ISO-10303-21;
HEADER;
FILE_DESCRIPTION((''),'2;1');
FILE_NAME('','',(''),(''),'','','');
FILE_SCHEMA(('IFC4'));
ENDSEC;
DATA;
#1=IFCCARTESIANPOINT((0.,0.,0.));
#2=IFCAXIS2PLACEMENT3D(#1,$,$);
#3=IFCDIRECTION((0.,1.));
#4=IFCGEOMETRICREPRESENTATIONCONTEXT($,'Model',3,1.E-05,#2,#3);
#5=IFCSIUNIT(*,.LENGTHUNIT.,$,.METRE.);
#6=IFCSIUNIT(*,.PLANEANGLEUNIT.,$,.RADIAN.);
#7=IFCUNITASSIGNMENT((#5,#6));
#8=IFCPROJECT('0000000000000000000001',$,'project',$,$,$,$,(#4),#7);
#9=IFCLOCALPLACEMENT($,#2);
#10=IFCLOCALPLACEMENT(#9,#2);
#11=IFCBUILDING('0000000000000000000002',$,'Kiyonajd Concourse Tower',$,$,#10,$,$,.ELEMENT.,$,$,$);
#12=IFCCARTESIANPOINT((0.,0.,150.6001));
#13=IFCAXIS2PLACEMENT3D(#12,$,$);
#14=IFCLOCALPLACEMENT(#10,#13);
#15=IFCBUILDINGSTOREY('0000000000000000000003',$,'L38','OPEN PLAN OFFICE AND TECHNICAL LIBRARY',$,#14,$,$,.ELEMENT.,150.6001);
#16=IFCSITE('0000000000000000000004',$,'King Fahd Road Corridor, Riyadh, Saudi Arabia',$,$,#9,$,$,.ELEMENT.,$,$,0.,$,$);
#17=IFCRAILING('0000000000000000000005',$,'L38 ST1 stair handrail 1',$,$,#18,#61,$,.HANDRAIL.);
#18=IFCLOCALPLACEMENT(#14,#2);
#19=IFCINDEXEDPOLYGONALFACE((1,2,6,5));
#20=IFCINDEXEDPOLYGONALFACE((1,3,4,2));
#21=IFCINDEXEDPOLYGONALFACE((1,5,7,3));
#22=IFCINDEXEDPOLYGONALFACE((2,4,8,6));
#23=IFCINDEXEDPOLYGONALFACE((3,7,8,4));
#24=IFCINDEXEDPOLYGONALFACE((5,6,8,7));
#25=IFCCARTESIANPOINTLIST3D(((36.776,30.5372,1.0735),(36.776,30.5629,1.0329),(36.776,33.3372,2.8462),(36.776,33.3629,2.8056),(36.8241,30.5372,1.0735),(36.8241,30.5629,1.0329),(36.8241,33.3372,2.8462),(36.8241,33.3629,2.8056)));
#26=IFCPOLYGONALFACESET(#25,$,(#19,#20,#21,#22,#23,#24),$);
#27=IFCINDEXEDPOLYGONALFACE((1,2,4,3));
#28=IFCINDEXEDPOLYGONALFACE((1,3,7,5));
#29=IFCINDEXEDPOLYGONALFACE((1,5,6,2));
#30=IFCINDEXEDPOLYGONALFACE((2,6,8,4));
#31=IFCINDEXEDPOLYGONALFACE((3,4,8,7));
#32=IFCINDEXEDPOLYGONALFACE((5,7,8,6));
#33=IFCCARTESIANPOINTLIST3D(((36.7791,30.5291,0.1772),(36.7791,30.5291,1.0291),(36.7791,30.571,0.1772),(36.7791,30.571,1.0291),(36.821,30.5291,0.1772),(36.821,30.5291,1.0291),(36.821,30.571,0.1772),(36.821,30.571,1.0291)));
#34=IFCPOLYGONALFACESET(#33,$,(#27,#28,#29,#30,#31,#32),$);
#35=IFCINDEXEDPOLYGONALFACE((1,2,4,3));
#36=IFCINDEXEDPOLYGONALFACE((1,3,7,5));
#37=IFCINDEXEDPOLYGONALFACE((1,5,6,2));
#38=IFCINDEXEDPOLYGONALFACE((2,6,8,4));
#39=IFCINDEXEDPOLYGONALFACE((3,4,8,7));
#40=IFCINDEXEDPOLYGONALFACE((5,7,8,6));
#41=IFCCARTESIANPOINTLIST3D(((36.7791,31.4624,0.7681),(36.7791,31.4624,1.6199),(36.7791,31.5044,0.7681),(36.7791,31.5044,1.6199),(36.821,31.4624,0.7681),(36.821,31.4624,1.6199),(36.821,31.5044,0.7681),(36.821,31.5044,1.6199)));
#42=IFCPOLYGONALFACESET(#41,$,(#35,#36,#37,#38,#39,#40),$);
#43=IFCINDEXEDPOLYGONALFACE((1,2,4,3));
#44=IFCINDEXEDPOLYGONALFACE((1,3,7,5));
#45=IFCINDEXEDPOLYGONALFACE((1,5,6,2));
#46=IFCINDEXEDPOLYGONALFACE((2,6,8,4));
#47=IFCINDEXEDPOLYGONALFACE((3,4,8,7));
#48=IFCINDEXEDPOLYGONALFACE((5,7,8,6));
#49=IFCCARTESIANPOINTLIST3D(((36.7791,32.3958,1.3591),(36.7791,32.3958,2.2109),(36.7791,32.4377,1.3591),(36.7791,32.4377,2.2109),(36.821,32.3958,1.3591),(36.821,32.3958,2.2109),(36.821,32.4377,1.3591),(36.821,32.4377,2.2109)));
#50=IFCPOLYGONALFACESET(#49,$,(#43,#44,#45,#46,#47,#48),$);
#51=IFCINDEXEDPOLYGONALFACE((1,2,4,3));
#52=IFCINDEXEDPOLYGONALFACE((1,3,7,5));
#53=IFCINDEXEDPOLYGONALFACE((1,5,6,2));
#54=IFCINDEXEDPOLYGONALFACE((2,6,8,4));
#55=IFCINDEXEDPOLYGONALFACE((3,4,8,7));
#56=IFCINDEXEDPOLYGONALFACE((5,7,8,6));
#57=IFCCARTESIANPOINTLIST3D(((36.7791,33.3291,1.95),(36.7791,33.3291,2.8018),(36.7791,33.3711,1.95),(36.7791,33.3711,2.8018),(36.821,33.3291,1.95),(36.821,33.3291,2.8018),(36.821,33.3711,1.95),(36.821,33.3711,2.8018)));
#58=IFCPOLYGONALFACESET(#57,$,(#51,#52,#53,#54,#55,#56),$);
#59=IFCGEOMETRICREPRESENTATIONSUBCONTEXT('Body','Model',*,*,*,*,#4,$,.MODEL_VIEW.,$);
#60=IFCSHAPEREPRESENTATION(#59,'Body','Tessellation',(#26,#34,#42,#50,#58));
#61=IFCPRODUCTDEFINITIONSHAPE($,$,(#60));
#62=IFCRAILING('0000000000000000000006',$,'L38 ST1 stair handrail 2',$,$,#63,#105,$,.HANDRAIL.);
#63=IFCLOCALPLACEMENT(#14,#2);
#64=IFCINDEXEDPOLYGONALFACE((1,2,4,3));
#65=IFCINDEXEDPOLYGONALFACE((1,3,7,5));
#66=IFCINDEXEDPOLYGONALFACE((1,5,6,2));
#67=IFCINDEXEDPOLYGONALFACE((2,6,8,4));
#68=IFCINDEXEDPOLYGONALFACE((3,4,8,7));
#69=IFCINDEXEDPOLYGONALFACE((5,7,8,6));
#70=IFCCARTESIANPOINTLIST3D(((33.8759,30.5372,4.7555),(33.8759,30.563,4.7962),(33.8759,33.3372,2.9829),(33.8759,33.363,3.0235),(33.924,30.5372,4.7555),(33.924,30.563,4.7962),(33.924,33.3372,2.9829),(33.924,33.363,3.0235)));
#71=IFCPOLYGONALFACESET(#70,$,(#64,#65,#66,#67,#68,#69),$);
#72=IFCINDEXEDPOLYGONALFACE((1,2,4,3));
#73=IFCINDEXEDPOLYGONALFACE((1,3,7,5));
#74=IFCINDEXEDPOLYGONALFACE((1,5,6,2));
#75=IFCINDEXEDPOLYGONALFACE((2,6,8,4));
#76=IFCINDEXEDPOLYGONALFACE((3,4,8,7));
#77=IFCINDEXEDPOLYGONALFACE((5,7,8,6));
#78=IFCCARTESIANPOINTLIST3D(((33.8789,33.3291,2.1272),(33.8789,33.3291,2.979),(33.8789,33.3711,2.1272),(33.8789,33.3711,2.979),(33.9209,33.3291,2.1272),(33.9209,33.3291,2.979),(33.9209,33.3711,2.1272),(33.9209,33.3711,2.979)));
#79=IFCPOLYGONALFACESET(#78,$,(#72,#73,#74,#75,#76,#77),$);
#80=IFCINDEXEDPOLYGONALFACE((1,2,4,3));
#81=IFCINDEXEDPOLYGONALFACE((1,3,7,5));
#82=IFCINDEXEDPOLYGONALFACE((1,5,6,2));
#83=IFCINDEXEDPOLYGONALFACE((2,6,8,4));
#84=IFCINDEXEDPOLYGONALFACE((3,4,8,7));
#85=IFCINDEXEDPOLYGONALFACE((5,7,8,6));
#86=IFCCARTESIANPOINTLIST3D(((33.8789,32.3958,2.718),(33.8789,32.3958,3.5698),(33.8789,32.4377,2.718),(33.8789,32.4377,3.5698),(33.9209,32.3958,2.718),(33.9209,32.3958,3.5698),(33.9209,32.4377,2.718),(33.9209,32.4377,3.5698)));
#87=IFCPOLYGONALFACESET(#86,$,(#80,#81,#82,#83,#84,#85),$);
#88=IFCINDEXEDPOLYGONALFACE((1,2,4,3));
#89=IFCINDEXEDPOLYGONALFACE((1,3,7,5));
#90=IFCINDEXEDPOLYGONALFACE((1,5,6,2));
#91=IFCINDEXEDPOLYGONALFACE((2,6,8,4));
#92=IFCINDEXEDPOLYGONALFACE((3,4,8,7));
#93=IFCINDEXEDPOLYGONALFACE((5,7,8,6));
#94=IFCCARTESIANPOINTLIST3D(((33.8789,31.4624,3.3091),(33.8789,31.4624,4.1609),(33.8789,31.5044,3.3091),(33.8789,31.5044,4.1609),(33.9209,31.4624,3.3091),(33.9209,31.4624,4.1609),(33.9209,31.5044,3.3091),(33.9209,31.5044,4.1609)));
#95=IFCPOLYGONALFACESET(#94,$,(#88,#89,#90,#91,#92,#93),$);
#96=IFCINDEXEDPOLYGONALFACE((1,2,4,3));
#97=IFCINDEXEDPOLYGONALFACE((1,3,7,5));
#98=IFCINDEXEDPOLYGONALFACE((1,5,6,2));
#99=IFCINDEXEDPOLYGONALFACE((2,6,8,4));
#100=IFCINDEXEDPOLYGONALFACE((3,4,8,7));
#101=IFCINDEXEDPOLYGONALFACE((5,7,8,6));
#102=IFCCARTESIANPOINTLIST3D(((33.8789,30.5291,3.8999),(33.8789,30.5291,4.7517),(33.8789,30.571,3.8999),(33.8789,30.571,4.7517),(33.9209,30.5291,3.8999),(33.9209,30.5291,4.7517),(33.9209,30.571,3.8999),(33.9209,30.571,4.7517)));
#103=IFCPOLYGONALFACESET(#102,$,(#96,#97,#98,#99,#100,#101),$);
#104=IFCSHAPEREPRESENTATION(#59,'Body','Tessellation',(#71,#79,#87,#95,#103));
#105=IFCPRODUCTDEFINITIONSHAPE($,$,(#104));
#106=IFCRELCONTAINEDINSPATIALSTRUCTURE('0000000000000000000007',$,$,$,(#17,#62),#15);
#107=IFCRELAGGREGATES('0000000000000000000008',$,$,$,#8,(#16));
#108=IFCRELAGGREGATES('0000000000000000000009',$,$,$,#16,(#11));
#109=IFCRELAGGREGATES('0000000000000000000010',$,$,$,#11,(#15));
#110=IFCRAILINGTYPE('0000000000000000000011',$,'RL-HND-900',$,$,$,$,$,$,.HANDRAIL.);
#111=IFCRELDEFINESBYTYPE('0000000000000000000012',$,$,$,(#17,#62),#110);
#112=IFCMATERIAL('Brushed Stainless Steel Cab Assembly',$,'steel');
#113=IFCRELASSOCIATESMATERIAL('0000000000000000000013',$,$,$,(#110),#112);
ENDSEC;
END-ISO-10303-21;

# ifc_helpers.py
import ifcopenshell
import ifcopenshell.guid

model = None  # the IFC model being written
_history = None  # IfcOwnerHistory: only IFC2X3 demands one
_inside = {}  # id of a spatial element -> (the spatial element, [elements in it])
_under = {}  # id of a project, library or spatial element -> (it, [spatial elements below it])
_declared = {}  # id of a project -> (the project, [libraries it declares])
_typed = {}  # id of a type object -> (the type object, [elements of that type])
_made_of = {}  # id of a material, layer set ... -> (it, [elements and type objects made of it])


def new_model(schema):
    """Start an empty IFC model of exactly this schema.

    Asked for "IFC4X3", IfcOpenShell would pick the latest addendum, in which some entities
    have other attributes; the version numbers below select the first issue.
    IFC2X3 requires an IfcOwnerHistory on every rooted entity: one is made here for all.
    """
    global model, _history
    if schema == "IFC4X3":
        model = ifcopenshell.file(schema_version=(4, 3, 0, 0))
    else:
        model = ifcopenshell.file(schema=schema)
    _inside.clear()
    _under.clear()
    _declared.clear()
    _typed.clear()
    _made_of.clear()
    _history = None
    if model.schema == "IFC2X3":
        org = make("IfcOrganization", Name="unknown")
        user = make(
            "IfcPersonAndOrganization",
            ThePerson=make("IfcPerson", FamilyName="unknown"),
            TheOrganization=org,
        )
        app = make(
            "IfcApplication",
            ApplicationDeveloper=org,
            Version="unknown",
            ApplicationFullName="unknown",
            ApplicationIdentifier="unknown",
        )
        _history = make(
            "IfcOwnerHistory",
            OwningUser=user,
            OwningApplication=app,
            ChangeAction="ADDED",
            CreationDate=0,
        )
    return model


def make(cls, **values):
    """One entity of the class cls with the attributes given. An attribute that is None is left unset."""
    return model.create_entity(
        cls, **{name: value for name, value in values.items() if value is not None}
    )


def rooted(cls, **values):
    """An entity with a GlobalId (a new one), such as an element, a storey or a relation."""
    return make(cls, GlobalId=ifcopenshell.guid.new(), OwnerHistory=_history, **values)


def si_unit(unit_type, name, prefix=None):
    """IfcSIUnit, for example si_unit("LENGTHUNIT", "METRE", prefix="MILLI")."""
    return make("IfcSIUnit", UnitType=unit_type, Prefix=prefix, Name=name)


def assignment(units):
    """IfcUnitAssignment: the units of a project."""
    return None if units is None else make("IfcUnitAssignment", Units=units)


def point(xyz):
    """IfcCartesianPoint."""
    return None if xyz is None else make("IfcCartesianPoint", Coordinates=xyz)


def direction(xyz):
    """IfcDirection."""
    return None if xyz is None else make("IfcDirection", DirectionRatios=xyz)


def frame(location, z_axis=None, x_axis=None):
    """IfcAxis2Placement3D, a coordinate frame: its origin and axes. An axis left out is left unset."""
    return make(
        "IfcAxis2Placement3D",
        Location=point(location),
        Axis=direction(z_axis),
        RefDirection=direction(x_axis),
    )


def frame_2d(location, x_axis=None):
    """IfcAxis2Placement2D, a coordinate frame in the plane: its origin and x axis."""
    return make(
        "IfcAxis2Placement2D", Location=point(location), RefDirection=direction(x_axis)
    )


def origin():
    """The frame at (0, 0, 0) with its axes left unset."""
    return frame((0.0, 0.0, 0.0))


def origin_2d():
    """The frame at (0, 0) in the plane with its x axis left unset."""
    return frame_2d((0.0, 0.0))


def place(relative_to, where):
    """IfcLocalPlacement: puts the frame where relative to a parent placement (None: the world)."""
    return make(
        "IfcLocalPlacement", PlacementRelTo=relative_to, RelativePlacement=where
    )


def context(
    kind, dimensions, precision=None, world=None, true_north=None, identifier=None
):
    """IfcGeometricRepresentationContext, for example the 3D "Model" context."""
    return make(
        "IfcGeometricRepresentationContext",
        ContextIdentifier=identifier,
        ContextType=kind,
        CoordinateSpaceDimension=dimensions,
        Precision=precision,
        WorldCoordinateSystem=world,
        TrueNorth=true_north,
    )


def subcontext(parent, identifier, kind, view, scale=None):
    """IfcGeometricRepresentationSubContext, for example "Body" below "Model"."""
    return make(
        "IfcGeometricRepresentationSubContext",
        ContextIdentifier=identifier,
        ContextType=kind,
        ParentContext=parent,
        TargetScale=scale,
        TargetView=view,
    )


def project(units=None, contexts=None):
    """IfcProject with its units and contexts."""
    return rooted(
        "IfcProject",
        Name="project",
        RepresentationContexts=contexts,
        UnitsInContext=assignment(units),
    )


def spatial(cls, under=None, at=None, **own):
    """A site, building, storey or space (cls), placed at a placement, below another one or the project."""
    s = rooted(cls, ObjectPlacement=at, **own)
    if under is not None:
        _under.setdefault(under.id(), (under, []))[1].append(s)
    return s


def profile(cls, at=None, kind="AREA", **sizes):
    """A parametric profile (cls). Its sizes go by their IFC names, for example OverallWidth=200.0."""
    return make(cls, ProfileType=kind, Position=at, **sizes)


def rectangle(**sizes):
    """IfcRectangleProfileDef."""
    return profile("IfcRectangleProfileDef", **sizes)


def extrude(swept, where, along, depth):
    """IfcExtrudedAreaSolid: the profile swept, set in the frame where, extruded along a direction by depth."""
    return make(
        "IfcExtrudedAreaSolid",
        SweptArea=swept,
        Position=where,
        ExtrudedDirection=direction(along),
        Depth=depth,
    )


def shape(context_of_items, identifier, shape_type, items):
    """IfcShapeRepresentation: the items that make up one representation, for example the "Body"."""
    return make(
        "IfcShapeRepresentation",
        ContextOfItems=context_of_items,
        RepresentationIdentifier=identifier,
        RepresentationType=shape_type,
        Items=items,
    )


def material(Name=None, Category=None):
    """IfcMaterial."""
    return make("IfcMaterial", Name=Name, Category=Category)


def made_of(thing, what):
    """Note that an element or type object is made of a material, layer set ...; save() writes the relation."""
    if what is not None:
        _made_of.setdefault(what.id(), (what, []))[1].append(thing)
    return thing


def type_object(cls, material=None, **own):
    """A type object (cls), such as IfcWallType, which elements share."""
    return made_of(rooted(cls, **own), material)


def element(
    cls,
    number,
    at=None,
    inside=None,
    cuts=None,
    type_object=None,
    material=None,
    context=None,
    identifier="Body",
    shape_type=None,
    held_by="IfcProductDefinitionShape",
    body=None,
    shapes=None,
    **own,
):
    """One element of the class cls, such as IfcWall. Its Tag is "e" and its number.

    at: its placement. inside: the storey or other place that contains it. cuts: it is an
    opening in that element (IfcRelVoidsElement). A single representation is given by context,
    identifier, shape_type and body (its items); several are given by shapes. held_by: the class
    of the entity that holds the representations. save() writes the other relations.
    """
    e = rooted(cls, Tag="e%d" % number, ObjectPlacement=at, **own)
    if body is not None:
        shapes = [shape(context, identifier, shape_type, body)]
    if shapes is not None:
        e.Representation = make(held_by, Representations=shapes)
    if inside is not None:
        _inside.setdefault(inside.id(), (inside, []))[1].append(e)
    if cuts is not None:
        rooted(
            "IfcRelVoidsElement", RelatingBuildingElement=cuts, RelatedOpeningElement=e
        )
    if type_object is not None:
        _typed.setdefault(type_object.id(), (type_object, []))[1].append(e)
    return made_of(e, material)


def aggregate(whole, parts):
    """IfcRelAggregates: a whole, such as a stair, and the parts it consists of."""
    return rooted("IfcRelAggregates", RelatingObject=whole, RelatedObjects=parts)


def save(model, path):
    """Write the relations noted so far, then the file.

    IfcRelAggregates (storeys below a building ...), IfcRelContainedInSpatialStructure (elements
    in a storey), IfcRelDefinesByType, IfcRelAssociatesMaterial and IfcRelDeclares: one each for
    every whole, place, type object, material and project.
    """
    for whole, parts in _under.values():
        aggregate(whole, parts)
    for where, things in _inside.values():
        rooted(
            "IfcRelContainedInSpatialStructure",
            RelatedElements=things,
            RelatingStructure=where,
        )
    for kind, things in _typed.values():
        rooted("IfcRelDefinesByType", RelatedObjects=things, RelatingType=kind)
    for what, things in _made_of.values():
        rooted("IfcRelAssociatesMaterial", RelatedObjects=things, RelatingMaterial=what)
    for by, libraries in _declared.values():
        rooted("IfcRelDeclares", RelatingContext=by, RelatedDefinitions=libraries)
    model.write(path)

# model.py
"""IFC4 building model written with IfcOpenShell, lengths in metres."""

from ifc_helpers import new_model, si_unit, direction, frame, origin, origin_2d, place, context, subcontext, project, spatial, rectangle, extrude, material, type_object, element, save


model = new_model("IFC4")

# Units and contexts
model_context = context("Model", 3, precision=1e-05, world=origin(), true_north=direction((0.0, 1.0)))
body_context = subcontext(model_context, "Body", "Model", "MODEL_VIEW")
ifc_project = project(units=[si_unit("LENGTHUNIT", "METRE"), si_unit("PLANEANGLEUNIT", "RADIAN")], contexts=[model_context])

# Site, building, storey
site_placement = place(None, origin())
site = spatial("IfcSite", under=ifc_project, at=site_placement, Name="King Fahd Road Corridor, Riyadh, Saudi Arabia", CompositionType="ELEMENT", RefElevation=0.0)
building_placement = place(site_placement, origin())
building = spatial("IfcBuilding", under=site, at=building_placement, Name="Kiyonajd Concourse Tower", CompositionType="ELEMENT")
storey_placement = place(building_placement, frame((0.0, 0.0, 150.6001)))
storey = spatial("IfcBuildingStorey", under=building, at=storey_placement, Name="L38", Description="OPEN PLAN OFFICE AND TECHNICAL LIBRARY", CompositionType="ELEMENT", Elevation=150.6001)

# Shared definitions
ifc_material_1 = material(Name="Brushed Stainless Steel Cab Assembly", Category="steel")

# Railings
railing_type_1 = type_object("IfcRailingType", Name="RL-HND-900", PredefinedType="HANDRAIL", material=ifc_material_1)
railing_1_placement = place(storey_placement, frame((36.8, 30.55, 0.1772)))
element("IfcRailing", 1, at=railing_1_placement, inside=storey, type_object=railing_type_1, Name="L38 ST1 stair handrail 1", PredefinedType="HANDRAIL", context=body_context, shape_type="SweptSolid", body=[
    extrude(rectangle(XDim=0.0481, YDim=0.0481, at=origin_2d()), frame((0.0, 0.0, 0.876), z_axis=(0.0, 0.844909, 0.53491), x_axis=(-1.0, 0.0, 0.0)), (0.0, 0.0, 1.0), 3.314),
    extrude(rectangle(XDim=0.042, YDim=0.042, at=origin_2d()), origin(), (0.0, 0.0, 1.0), 0.8518),
    extrude(rectangle(XDim=0.042, YDim=0.042, at=origin_2d()), frame((0.0, 0.9333, 0.5908)), (0.0, 0.0, 1.0), 0.8518),
    extrude(rectangle(XDim=0.042, YDim=0.042, at=origin_2d()), frame((0.0, 1.8667, 1.1819)), (0.0, 0.0, 1.0), 0.8518),
    extrude(rectangle(XDim=0.042, YDim=0.042, at=origin_2d()), frame((0.0, 2.8, 1.7727)), (0.0, 0.0, 1.0), 0.8518),
])
railing_2_placement = place(storey_placement, frame((33.8999, 33.3501, 2.1272)))
element("IfcRailing", 2, at=railing_2_placement, inside=storey, type_object=railing_type_1, Name="L38 ST1 stair handrail 2", PredefinedType="HANDRAIL", context=body_context, shape_type="SweptSolid", body=[
    extrude(rectangle(XDim=0.0481, YDim=0.0481, at=origin_2d()), frame((0.0, 0.0, 0.876), z_axis=(0.0, -0.844909, 0.53491), x_axis=(1.0, 0.0, 0.0)), (0.0, 0.0, 1.0), 3.314),
    extrude(rectangle(XDim=0.042, YDim=0.042, at=origin_2d()), origin(), (0.0, 0.0, 1.0), 0.8518),
    extrude(rectangle(XDim=0.042, YDim=0.042, at=origin_2d()), frame((0.0, -0.9333, 0.5908)), (0.0, 0.0, 1.0), 0.8518),
    extrude(rectangle(XDim=0.042, YDim=0.042, at=origin_2d()), frame((0.0, -1.8667, 1.1819)), (0.0, 0.0, 1.0), 0.8518),
    extrude(rectangle(XDim=0.042, YDim=0.042, at=origin_2d()), frame((0.0, -2.8, 1.7727)), (0.0, 0.0, 1.0), 0.8518),
])

save(model, "model.ifc")
